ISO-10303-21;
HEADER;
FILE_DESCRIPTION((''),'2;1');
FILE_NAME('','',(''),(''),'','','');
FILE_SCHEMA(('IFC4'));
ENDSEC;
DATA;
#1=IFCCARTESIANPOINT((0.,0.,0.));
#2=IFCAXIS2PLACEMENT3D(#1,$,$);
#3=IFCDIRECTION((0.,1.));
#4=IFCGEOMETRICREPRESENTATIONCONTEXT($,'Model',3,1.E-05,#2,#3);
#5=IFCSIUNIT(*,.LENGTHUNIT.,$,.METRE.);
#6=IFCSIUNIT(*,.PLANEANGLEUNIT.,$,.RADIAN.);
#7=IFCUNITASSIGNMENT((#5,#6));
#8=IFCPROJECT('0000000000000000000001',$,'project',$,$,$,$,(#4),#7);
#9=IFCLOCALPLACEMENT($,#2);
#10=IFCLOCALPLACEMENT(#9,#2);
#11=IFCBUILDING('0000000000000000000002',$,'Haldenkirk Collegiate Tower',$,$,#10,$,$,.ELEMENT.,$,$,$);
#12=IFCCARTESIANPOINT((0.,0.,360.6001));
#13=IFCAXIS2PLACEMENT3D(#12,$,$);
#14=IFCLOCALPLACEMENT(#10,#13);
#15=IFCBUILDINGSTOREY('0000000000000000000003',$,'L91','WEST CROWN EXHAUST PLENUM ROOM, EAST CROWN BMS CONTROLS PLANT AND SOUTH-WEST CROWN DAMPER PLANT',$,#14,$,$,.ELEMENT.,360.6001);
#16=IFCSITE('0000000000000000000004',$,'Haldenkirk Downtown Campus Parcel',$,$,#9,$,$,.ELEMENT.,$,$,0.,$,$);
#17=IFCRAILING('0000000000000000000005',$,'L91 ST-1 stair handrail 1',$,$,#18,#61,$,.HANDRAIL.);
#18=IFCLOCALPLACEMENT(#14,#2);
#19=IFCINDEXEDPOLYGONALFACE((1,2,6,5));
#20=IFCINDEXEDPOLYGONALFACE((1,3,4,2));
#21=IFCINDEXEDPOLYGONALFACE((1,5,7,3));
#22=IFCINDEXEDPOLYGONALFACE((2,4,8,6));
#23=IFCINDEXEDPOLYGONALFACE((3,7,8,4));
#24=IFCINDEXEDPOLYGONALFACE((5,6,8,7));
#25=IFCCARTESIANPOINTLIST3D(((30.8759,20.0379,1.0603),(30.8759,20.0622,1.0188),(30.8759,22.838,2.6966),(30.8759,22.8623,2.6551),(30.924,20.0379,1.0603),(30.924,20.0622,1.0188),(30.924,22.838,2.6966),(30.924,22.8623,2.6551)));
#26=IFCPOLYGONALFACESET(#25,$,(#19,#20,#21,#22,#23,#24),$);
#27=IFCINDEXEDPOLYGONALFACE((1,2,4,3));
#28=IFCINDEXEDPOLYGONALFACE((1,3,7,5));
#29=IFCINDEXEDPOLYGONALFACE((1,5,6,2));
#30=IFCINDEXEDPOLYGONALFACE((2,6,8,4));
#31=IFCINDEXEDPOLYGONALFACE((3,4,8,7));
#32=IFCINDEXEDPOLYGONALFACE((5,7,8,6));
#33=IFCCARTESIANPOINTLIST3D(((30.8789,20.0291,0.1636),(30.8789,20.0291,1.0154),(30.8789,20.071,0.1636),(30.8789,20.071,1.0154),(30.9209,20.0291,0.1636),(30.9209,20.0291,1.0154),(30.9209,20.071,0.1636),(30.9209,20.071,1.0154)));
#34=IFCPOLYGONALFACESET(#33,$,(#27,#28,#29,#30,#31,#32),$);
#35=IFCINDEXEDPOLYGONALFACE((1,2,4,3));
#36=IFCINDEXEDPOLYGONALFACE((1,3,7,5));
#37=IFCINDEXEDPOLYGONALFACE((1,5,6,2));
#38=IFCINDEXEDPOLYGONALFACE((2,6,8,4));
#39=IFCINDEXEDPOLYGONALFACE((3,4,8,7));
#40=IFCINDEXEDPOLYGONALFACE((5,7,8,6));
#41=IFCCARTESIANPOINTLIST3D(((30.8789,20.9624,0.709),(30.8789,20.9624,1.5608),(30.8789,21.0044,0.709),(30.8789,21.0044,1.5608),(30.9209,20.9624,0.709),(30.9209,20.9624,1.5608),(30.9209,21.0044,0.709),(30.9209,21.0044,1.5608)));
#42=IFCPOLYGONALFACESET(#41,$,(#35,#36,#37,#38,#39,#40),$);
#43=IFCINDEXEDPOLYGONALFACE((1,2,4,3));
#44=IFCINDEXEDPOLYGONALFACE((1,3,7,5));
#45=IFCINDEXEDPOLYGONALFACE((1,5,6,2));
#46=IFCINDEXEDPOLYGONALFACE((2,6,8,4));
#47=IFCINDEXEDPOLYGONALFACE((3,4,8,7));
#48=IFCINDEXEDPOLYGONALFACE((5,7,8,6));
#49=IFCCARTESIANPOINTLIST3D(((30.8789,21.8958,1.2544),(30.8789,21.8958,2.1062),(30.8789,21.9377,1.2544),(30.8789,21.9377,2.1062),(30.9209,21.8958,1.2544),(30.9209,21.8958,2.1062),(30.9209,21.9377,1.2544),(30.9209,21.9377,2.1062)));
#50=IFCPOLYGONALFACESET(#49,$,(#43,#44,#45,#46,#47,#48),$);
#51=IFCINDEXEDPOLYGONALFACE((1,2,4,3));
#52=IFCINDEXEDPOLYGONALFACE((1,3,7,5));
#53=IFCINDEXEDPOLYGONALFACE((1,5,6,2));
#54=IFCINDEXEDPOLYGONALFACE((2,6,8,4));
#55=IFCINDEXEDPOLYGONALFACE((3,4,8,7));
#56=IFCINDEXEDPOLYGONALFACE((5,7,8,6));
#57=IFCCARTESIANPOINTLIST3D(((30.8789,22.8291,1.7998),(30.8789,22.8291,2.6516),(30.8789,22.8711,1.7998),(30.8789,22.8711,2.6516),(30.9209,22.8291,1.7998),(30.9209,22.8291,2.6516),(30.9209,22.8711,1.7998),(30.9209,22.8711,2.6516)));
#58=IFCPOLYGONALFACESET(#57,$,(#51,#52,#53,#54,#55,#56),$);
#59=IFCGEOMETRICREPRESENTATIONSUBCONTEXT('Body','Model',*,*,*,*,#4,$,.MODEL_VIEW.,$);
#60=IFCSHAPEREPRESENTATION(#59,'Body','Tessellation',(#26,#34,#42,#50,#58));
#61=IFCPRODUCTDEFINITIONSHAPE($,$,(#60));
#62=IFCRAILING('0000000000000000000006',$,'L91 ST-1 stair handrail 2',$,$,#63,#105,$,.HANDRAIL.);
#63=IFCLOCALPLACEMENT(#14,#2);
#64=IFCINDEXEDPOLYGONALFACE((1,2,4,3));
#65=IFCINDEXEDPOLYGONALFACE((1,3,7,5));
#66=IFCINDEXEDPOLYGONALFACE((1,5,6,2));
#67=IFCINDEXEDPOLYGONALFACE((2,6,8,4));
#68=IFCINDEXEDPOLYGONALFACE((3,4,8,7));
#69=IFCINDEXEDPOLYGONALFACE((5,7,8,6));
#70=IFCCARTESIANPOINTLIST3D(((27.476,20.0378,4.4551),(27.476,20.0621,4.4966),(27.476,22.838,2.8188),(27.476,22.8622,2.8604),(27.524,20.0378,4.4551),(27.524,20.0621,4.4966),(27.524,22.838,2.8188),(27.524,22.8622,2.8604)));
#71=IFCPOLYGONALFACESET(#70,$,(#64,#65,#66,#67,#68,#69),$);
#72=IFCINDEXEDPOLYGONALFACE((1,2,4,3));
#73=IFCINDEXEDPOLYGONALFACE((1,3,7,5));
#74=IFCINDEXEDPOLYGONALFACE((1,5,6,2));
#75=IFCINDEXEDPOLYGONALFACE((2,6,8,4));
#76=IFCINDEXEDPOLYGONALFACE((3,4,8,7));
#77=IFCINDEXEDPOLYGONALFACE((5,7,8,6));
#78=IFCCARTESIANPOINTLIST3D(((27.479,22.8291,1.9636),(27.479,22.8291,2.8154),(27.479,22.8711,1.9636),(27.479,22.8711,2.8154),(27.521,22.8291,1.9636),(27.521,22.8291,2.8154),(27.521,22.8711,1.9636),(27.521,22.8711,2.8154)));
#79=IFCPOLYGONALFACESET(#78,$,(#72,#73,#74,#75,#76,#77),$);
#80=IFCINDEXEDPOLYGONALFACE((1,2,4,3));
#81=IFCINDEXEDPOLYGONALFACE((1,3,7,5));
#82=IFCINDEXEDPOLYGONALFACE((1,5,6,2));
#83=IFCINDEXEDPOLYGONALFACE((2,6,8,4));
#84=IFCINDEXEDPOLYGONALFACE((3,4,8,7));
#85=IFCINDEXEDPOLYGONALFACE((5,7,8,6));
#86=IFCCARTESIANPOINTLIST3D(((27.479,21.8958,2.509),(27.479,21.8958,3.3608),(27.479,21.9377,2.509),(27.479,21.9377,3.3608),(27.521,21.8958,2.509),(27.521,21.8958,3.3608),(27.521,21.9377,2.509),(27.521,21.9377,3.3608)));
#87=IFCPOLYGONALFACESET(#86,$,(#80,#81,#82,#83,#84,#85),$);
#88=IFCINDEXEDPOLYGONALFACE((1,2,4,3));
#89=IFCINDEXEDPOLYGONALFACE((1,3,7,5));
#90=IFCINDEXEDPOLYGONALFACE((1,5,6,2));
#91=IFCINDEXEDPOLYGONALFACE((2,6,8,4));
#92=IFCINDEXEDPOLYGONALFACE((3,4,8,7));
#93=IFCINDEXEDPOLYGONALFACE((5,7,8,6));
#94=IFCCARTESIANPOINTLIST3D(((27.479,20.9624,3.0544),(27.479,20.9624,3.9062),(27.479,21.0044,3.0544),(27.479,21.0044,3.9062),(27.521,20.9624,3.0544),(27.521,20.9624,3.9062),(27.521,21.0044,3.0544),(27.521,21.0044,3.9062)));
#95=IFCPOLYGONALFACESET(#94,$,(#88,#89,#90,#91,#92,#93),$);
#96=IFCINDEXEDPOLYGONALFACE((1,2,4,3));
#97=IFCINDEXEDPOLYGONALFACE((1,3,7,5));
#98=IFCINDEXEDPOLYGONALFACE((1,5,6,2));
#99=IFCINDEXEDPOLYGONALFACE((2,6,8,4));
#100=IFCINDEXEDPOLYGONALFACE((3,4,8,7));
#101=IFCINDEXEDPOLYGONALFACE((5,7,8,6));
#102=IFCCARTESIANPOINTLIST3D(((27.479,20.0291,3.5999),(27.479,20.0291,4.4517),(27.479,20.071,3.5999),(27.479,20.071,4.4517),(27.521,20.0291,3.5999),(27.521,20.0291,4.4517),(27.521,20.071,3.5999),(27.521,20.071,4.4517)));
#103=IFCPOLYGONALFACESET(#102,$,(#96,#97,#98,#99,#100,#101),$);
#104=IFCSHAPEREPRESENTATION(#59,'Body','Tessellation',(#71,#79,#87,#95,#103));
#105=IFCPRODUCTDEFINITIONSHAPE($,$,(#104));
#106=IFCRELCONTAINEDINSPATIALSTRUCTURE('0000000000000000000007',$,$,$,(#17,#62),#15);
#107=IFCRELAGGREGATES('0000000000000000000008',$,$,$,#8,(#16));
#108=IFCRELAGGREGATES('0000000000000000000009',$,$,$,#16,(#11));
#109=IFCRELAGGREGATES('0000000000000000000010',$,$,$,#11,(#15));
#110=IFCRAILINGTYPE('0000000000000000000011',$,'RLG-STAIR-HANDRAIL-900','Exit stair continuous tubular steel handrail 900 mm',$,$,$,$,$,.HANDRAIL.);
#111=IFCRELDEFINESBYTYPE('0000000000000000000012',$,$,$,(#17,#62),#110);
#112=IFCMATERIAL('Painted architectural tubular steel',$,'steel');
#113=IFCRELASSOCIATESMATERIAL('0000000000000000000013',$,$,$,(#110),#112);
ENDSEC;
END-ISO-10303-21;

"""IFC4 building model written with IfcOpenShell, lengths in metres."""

from ifc_helpers import new_model, si_unit, direction, frame, origin, origin_2d, place, context, subcontext, project, spatial, rectangle, extrude, material, type_object, element, save


model = new_model("IFC4")

# Units and contexts
model_context = context("Model", 3, precision=1e-05, world=origin(), true_north=direction((0.0, 1.0)))
body_context = subcontext(model_context, "Body", "Model", "MODEL_VIEW")
ifc_project = project(units=[si_unit("LENGTHUNIT", "METRE"), si_unit("PLANEANGLEUNIT", "RADIAN")], contexts=[model_context])

# Site, building, storey
site_placement = place(None, origin())
site = spatial("IfcSite", under=ifc_project, at=site_placement, Name="Haldenkirk Downtown Campus Parcel", CompositionType="ELEMENT", RefElevation=0.0)
building_placement = place(site_placement, origin())
building = spatial("IfcBuilding", under=site, at=building_placement, Name="Haldenkirk Collegiate Tower", CompositionType="ELEMENT")
storey_placement = place(building_placement, frame((0.0, 0.0, 360.6001)))
storey = spatial("IfcBuildingStorey", under=building, at=storey_placement, Name="L91", Description="WEST CROWN EXHAUST PLENUM ROOM, EAST CROWN BMS CONTROLS PLANT AND SOUTH-WEST CROWN DAMPER PLANT", CompositionType="ELEMENT", Elevation=360.6001)

# Railings
ifc_material_1 = material(Name="Painted architectural tubular steel", Category="steel")
railing_type_1 = type_object("IfcRailingType", Name="RLG-STAIR-HANDRAIL-900", Description="Exit stair continuous tubular steel handrail 900 mm", PredefinedType="HANDRAIL", material=ifc_material_1)
railing_1_placement = place(storey_placement, frame((30.8999, 20.05, 0.1636)))
element("IfcRailing", 1, at=railing_1_placement, inside=storey, type_object=railing_type_1, Name="L91 ST-1 stair handrail 1", PredefinedType="HANDRAIL", context=body_context, shape_type="SweptSolid", body=[
    extrude(rectangle(XDim=0.0481, YDim=0.0481, at=origin_2d()), frame((0.0, 0.0, 0.876), z_axis=(0.0, 0.863394, 0.504531), x_axis=(-1.0, 0.0, 0.0)), (0.0, 0.0, 1.0), 3.2432),
    extrude(rectangle(XDim=0.042, YDim=0.042, at=origin_2d()), origin(), (0.0, 0.0, 1.0), 0.8518),
    extrude(rectangle(XDim=0.042, YDim=0.042, at=origin_2d()), frame((0.0, 0.9333, 0.5454)), (0.0, 0.0, 1.0), 0.8518),
    extrude(rectangle(XDim=0.042, YDim=0.042, at=origin_2d()), frame((0.0, 1.8667, 1.0908)), (0.0, 0.0, 1.0), 0.8518),
    extrude(rectangle(XDim=0.042, YDim=0.042, at=origin_2d()), frame((0.0, 2.8, 1.6362)), (0.0, 0.0, 1.0), 0.8518),
])
railing_2_placement = place(storey_placement, frame((27.5, 22.8501, 1.9636)))
element("IfcRailing", 2, at=railing_2_placement, inside=storey, type_object=railing_type_1, Name="L91 ST-1 stair handrail 2", PredefinedType="HANDRAIL", context=body_context, shape_type="SweptSolid", body=[
    extrude(rectangle(XDim=0.0481, YDim=0.0481, at=origin_2d()), frame((0.0, 0.0, 0.876), z_axis=(0.0, -0.863394, 0.504531), x_axis=(1.0, 0.0, 0.0)), (0.0, 0.0, 1.0), 3.2432),
    extrude(rectangle(XDim=0.042, YDim=0.042, at=origin_2d()), origin(), (0.0, 0.0, 1.0), 0.8518),
    extrude(rectangle(XDim=0.042, YDim=0.042, at=origin_2d()), frame((0.0, -0.9333, 0.5454)), (0.0, 0.0, 1.0), 0.8518),
    extrude(rectangle(XDim=0.042, YDim=0.042, at=origin_2d()), frame((0.0, -1.8667, 1.0908)), (0.0, 0.0, 1.0), 0.8518),
    extrude(rectangle(XDim=0.042, YDim=0.042, at=origin_2d()), frame((0.0, -2.8, 1.6362)), (0.0, 0.0, 1.0), 0.8518),
])

save(model, "model.ifc")
